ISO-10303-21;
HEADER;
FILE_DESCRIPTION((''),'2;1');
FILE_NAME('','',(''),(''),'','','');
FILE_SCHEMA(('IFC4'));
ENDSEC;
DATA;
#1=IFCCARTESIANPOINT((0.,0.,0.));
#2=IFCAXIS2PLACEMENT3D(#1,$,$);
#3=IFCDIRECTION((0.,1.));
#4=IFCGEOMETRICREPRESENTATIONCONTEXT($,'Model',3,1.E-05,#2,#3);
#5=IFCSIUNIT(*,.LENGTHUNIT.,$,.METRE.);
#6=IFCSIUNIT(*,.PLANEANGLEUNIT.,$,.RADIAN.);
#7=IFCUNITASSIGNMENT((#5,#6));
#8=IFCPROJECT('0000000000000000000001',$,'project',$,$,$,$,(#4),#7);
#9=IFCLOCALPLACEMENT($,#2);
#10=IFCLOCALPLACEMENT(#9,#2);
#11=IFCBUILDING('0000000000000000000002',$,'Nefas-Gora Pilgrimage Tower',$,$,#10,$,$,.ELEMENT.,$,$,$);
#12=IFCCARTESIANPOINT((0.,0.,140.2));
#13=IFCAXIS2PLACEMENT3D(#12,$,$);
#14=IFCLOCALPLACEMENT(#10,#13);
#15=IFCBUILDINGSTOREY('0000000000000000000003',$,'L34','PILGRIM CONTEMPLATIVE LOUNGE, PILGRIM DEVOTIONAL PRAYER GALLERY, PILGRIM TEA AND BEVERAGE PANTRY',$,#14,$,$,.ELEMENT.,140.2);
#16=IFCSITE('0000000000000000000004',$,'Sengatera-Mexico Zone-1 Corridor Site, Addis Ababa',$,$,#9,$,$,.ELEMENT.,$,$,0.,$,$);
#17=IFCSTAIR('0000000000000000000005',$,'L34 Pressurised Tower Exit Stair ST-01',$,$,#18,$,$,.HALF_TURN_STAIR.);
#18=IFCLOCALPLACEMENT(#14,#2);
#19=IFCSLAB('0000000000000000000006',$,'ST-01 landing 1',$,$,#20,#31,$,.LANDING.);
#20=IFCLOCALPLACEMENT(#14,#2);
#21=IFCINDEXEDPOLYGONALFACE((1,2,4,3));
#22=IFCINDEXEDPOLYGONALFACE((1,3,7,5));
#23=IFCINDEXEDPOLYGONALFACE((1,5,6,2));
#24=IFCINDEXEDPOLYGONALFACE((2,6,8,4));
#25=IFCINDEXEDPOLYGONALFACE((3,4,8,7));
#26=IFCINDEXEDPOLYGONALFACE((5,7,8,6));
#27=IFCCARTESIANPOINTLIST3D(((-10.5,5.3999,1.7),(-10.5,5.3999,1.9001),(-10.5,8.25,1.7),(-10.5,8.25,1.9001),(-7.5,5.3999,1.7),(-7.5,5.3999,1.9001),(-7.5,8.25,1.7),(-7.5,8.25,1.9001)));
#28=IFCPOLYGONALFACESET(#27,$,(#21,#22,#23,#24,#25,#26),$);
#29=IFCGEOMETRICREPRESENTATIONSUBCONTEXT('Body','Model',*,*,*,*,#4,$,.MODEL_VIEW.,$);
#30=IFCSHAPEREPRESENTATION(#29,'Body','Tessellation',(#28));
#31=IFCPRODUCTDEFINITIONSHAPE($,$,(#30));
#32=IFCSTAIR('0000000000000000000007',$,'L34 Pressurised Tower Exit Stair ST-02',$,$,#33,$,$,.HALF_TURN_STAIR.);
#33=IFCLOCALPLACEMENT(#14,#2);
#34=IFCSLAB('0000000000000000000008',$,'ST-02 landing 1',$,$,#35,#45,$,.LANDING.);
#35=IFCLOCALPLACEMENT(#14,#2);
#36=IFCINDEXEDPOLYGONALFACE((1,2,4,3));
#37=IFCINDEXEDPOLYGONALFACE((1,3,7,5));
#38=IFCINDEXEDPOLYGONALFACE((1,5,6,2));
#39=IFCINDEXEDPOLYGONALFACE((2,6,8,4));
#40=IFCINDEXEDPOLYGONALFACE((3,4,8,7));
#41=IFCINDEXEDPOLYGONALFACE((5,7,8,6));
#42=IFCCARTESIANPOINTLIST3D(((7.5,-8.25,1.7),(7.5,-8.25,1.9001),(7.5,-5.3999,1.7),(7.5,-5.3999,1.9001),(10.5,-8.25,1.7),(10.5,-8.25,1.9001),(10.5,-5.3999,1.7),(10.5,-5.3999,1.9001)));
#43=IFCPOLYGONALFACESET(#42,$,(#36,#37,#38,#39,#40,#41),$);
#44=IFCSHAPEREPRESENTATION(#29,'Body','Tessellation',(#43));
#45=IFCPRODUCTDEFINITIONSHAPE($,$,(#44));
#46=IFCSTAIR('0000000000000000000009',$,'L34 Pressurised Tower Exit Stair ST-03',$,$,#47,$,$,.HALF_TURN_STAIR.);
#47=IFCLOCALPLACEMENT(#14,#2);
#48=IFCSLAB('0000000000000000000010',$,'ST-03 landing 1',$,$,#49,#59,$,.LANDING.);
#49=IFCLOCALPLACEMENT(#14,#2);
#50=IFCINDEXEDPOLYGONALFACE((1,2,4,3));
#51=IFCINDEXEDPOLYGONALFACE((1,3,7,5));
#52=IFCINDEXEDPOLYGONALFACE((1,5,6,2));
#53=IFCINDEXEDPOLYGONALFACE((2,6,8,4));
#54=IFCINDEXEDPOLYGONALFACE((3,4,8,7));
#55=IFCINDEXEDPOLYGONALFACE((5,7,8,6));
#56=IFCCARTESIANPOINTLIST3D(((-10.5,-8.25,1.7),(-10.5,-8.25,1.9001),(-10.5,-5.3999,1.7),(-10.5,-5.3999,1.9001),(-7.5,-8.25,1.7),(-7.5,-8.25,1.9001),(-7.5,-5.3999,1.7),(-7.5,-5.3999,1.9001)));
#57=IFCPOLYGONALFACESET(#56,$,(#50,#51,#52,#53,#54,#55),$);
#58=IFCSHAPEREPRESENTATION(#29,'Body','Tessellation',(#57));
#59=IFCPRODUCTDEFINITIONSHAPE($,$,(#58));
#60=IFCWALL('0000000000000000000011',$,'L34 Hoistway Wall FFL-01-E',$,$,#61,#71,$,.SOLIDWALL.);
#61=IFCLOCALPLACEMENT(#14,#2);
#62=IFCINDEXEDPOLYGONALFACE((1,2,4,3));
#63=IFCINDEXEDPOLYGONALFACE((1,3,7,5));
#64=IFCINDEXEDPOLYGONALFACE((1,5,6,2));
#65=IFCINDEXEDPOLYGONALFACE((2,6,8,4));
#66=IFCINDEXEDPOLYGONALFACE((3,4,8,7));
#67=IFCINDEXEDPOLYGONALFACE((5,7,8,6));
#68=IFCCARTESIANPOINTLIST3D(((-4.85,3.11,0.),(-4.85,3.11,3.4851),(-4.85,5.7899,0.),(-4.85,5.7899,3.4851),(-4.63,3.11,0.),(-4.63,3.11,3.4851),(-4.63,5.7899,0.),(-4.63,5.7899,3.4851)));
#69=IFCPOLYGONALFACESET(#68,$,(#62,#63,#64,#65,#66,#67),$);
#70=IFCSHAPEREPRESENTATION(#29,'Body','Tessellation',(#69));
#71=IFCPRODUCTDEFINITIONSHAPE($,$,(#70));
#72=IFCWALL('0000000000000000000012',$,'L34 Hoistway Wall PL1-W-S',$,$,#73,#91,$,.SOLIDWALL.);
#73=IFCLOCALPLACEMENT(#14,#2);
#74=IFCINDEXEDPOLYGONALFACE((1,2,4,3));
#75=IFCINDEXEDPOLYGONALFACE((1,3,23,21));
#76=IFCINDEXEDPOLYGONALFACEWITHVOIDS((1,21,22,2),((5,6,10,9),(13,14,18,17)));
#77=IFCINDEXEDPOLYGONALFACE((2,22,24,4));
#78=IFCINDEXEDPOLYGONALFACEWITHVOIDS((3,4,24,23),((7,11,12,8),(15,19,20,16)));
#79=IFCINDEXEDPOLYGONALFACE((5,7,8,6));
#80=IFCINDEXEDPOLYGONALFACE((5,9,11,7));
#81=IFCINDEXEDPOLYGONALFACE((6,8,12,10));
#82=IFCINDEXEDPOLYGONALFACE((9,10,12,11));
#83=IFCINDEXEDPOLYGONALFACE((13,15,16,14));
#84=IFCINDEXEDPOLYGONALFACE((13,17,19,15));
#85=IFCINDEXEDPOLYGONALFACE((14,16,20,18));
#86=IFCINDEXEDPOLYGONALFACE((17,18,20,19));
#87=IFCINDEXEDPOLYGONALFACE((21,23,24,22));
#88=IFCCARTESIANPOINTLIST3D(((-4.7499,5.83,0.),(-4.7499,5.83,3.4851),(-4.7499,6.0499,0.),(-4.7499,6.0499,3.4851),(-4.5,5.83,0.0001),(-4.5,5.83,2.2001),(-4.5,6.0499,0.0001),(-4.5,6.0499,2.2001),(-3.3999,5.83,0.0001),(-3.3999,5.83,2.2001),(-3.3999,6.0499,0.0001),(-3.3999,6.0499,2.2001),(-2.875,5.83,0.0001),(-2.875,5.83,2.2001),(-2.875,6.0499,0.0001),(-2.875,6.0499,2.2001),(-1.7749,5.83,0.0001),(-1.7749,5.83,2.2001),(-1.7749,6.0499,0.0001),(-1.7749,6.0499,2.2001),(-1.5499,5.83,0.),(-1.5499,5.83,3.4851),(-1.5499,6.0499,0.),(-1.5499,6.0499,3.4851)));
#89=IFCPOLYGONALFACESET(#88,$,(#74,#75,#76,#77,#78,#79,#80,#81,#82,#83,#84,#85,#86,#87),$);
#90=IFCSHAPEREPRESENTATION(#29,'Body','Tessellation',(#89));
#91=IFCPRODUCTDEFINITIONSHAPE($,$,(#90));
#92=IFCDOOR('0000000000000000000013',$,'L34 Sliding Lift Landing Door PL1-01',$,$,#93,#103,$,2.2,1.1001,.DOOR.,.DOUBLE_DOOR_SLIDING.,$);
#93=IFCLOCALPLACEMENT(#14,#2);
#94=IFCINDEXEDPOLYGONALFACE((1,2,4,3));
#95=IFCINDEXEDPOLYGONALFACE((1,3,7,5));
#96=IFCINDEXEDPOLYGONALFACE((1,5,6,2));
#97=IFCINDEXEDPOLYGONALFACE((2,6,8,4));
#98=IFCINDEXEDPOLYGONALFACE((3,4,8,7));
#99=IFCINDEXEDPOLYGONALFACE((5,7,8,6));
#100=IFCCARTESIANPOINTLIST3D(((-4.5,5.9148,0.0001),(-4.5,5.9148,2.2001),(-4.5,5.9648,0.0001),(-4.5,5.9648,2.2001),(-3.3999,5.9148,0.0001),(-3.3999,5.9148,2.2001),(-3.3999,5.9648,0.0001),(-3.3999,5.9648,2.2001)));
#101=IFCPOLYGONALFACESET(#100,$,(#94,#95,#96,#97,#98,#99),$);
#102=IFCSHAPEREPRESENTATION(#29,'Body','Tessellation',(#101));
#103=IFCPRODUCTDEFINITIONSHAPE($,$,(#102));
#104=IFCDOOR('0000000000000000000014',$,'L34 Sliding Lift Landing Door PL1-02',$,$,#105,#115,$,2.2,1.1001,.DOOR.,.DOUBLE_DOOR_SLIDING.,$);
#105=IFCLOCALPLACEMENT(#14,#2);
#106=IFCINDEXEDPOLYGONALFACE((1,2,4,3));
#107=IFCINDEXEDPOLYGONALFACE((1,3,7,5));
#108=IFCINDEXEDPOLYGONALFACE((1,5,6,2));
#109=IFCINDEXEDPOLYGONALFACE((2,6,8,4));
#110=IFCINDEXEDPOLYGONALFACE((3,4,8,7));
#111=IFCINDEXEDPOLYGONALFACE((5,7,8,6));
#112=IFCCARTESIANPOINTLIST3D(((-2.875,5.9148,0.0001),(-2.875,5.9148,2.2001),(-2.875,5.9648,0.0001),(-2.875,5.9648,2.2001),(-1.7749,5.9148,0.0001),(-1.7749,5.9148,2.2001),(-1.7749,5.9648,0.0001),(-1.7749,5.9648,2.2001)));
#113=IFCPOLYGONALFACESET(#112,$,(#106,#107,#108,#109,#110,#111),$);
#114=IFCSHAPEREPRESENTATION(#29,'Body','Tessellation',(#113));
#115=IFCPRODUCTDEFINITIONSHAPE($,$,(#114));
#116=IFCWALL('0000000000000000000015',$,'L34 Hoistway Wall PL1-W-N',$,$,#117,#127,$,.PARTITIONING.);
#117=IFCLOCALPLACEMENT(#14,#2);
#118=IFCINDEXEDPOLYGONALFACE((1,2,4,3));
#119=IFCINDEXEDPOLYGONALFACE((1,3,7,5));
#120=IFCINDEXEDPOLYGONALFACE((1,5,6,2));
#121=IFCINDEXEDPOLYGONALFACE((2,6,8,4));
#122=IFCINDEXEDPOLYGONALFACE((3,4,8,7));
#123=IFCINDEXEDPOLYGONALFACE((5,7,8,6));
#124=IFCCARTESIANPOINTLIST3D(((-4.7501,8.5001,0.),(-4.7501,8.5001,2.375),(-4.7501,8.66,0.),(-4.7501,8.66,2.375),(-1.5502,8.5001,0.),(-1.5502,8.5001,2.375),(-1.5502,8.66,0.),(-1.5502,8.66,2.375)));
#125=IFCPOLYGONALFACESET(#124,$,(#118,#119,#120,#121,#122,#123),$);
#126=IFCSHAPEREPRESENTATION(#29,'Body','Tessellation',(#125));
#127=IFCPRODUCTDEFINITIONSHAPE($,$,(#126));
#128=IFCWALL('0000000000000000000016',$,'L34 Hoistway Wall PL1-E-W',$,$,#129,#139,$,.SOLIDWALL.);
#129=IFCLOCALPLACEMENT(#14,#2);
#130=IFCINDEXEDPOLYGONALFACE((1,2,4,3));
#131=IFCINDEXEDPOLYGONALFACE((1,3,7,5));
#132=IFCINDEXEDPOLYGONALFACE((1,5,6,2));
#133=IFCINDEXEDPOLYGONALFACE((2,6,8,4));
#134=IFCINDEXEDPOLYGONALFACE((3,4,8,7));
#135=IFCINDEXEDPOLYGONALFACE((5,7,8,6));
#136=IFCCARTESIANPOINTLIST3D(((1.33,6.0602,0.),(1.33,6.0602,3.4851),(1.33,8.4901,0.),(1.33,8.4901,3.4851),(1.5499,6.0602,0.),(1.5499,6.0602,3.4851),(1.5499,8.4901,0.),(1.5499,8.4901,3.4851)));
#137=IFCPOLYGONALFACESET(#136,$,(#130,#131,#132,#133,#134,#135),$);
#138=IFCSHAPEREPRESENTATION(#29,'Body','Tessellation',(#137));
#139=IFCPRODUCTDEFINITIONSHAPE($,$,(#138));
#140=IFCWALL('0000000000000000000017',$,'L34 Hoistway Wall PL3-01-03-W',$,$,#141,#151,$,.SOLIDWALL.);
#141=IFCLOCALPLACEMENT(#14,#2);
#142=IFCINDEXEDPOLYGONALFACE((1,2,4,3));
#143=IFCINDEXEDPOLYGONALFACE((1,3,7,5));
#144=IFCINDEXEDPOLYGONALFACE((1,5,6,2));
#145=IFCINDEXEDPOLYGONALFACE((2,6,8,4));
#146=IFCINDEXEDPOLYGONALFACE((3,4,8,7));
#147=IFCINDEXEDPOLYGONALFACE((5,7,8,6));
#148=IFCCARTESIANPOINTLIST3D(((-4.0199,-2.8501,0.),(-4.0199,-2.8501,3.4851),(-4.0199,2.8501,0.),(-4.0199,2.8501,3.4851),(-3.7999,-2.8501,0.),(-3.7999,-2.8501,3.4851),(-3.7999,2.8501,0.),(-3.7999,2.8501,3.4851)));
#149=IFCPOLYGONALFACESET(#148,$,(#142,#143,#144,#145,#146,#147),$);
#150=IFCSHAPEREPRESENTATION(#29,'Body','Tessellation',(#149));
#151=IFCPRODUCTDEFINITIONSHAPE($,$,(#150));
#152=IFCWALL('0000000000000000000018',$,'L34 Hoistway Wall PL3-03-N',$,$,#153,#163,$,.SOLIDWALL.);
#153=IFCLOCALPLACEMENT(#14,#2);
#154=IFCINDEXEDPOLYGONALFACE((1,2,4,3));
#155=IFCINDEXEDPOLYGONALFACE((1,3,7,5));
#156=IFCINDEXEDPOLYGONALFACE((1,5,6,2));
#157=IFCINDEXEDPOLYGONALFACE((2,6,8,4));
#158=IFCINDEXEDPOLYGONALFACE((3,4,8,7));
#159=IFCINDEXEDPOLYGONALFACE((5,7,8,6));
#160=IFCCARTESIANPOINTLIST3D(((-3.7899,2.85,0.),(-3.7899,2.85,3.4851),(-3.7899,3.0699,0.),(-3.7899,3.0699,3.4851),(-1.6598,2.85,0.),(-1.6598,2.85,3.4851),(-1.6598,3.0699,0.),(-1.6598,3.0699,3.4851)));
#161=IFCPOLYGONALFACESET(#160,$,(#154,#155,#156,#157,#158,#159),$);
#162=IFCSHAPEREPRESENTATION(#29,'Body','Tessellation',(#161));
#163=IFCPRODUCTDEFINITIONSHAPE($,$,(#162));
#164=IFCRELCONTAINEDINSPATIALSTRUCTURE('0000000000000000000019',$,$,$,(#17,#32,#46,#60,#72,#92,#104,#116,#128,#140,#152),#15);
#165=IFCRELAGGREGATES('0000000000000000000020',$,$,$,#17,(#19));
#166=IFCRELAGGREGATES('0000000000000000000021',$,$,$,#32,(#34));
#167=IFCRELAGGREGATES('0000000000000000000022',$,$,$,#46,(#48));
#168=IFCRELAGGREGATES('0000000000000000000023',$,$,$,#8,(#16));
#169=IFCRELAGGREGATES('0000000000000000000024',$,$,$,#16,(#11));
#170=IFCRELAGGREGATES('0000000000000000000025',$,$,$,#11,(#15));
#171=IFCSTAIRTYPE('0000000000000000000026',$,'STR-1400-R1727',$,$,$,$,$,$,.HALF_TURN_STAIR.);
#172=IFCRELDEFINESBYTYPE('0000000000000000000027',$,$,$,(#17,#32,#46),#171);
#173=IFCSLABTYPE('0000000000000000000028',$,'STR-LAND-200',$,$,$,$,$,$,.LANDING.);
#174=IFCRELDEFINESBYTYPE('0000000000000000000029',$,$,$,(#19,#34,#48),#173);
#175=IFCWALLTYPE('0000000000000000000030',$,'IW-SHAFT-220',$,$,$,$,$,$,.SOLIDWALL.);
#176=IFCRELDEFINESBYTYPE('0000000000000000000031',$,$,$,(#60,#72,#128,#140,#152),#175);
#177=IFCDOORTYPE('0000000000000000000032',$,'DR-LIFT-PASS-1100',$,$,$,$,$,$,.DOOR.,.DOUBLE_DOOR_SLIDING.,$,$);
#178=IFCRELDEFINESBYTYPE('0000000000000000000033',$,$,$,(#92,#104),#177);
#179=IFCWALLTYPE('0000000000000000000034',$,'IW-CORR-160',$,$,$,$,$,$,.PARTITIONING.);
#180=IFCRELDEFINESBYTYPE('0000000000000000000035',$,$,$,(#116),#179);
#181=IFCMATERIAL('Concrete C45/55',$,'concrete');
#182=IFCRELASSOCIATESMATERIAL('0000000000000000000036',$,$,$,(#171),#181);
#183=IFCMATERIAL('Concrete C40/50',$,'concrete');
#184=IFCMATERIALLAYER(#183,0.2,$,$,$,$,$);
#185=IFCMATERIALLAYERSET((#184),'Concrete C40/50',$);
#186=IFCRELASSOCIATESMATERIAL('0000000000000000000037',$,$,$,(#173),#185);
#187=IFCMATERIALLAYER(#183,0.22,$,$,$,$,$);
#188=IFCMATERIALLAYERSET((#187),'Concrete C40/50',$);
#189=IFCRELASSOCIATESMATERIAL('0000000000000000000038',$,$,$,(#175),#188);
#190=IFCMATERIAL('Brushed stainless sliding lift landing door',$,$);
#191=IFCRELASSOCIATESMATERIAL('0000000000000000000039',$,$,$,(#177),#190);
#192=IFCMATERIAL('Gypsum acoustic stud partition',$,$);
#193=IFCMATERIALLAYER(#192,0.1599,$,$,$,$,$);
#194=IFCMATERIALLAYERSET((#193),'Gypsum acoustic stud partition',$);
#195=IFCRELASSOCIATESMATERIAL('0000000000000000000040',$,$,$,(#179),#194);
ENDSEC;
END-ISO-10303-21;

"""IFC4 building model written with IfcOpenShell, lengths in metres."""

from ifc_helpers import new_model, si_unit, direction, frame, frame_2d, origin, place, context, subcontext, project, spatial, polyline, rectangle, outline, extrude, source, transform, mapped, material, layer, layer_set, type_object, element, fill, aggregate, save


model = new_model("IFC4")

# Units and contexts
model_context = context("Model", 3, precision=1e-05, world=origin(), true_north=direction((0.0, 1.0)))
body_context = subcontext(model_context, "Body", "Model", "MODEL_VIEW")
ifc_project = project(units=[si_unit("LENGTHUNIT", "METRE"), si_unit("PLANEANGLEUNIT", "RADIAN")], contexts=[model_context])

# Site, building, storey
site_placement = place(None, origin())
site = spatial("IfcSite", under=ifc_project, at=site_placement, Name="Sengatera-Mexico Zone-1 Corridor Site, Addis Ababa", CompositionType="ELEMENT", RefElevation=0.0)
building_placement = place(site_placement, origin())
building = spatial("IfcBuilding", under=site, at=building_placement, Name="Nefas-Gora Pilgrimage Tower", CompositionType="ELEMENT")
storey_placement = place(building_placement, frame((0.0, 0.0, 140.2)))
storey = spatial("IfcBuildingStorey", under=building, at=storey_placement, Name="L34", Description="PILGRIM CONTEMPLATIVE LOUNGE, PILGRIM DEVOTIONAL PRAYER GALLERY, PILGRIM TEA AND BEVERAGE PANTRY", CompositionType="ELEMENT", Elevation=140.2)

# Shared definitions
ifc_material_1 = material(Name="Concrete C40/50", Category="concrete")

# Stairs, slabs
ifc_material_2 = material(Name="Concrete C45/55", Category="concrete")
stair_type = type_object("IfcStairType", Name="STR-1400-R1727", PredefinedType="HALF_TURN_STAIR", material=ifc_material_2)
stair_1_placement = place(storey_placement, origin())
stair_1 = element("IfcStair", 1, at=stair_1_placement, inside=storey, type_object=stair_type, Name="L34 Pressurised Tower Exit Stair ST-01", PredefinedType="HALF_TURN_STAIR")
ifc_layer_1 = layer(ifc_material_1, 0.2)
ifc_layer_set_1 = layer_set([ifc_layer_1], Name="Concrete C40/50")
slab_type_1 = type_object("IfcSlabType", Name="STR-LAND-200", PredefinedType="LANDING", material=ifc_layer_set_1)
slab_1_placement = place(storey_placement, frame((0.0, 0.0, 1.7)))
slab_1 = element("IfcSlab", 2, at=slab_1_placement, type_object=slab_type_1, Name="ST-01 landing 1", PredefinedType="LANDING", context=body_context, shape_type="SweptSolid", body=[
    extrude(outline(polyline([(-7.5, 5.3999), (-7.5, 8.25), (-10.5, 8.25), (-10.5, 5.3999), (-7.5, 5.3999)])), origin(), (0.0, 0.0, 1.0), 0.2002),
])
aggregate(stair_1, [slab_1])
stair_2_placement = place(storey_placement, origin())
stair_2 = element("IfcStair", 3, at=stair_2_placement, inside=storey, type_object=stair_type, Name="L34 Pressurised Tower Exit Stair ST-02", PredefinedType="HALF_TURN_STAIR")
slab_2_placement = place(storey_placement, frame((0.0, 0.0, 1.7)))
slab_2 = element("IfcSlab", 4, at=slab_2_placement, type_object=slab_type_1, Name="ST-02 landing 1", PredefinedType="LANDING", context=body_context, shape_type="SweptSolid", body=[
    extrude(outline(polyline([(7.5, -5.3999), (7.5, -8.25), (10.5, -8.25), (10.5, -5.3999), (7.5, -5.3999)])), origin(), (0.0, 0.0, 1.0), 0.2002),
])
aggregate(stair_2, [slab_2])
stair_3_placement = place(storey_placement, origin())
stair_3 = element("IfcStair", 5, at=stair_3_placement, inside=storey, type_object=stair_type, Name="L34 Pressurised Tower Exit Stair ST-03", PredefinedType="HALF_TURN_STAIR")
slab_3_placement = place(storey_placement, frame((0.0, 0.0, 1.7)))
slab_3 = element("IfcSlab", 6, at=slab_3_placement, type_object=slab_type_1, Name="ST-03 landing 1", PredefinedType="LANDING", context=body_context, shape_type="SweptSolid", body=[
    extrude(outline(polyline([(-10.5, -5.3999), (-10.5, -8.25), (-7.5, -8.25), (-7.5, -5.3999), (-10.5, -5.3999)])), origin(), (0.0, 0.0, 1.0), 0.2002),
])
aggregate(stair_3, [slab_3])

# Wall
ifc_layer_2 = layer(ifc_material_1, 0.22)
ifc_layer_set_2 = layer_set([ifc_layer_2], Name="Concrete C40/50")
wall_type_1 = type_object("IfcWallType", Name="IW-SHAFT-220", PredefinedType="SOLIDWALL", material=ifc_layer_set_2)
shared_shape_1 = source(origin(), body_context, "Body", "SweptSolid", [
    extrude(rectangle(XDim=2.6799, YDim=0.22, at=frame_2d((1.3398, 0.0))), origin(), (0.0, 0.0, 1.0), 3.4851),
])
wall_1_placement = place(storey_placement, frame((-4.74, 3.1101, 0.0), z_axis=(0.0, 0.0, 1.0), x_axis=(0.0, 1.0, 0.0)))
element("IfcWall", 7, at=wall_1_placement, inside=storey, type_object=wall_type_1, Name="L34 Hoistway Wall FFL-01-E", PredefinedType="SOLIDWALL", context=body_context, shape_type="MappedRepresentation", body=[
    mapped(shared_shape_1, transform((0.0, 0.0, 0.0), x_axis=(1.0, 0.0, 0.0), y_axis=(0.0, 1.0, 0.0), z_axis=(0.0, 0.0, 1.0), scale=1.0)),
])

# Wall, openings, doors
shared_shape_2 = source(origin(), body_context, "Body", "SweptSolid", [
    extrude(rectangle(XDim=3.2, YDim=0.22, at=frame_2d((1.6001, 0.0))), origin(), (0.0, 0.0, 1.0), 3.4851),
])
wall_2_placement = place(storey_placement, frame((-4.75, 5.9399, 0.0), z_axis=(0.0, 0.0, 1.0), x_axis=(1.0, 0.0, 0.0)))
wall_2 = element("IfcWall", 8, at=wall_2_placement, inside=storey, type_object=wall_type_1, Name="L34 Hoistway Wall PL1-W-S", PredefinedType="SOLIDWALL", context=body_context, shape_type="MappedRepresentation", body=[
    mapped(shared_shape_2, transform((0.0, 0.0, 0.0), x_axis=(1.0, 0.0, 0.0), y_axis=(0.0, 1.0, 0.0), z_axis=(0.0, 0.0, 1.0), scale=1.0)),
])
opening_1_placement = place(wall_2_placement, frame((0.25, 0.0, 0.0)))
opening_1 = element("IfcOpeningElement", 9, at=opening_1_placement, cuts=wall_2, PredefinedType="OPENING", context=body_context, shape_type="SweptSolid", body=[
    extrude(rectangle(XDim=1.1001, YDim=2.2, at=frame_2d((0.55, 1.1001))), frame((0.0, 0.1199, 0.0), z_axis=(0.0, -1.0, 0.0), x_axis=(1.0, 0.0, 0.0)), (0.0, 0.0, 1.0), 0.24),
])
opening_2_placement = place(wall_2_placement, frame((1.875, 0.0, 0.0)))
opening_2 = element("IfcOpeningElement", 10, at=opening_2_placement, cuts=wall_2, PredefinedType="OPENING", context=body_context, shape_type="SweptSolid", body=[
    extrude(rectangle(XDim=1.1001, YDim=2.2, at=frame_2d((0.55, 1.1001))), frame((0.0, 0.1199, 0.0), z_axis=(0.0, -1.0, 0.0), x_axis=(1.0, 0.0, 0.0)), (0.0, 0.0, 1.0), 0.24),
])
ifc_material_3 = material(Name="Brushed stainless sliding lift landing door")
door_type_1 = type_object("IfcDoorType", Name="DR-LIFT-PASS-1100", OperationType="DOUBLE_DOOR_SLIDING", PredefinedType="DOOR", material=ifc_material_3)
shared_shape_3 = source(origin(), body_context, "Body", "SweptSolid", [
    extrude(rectangle(XDim=1.1001, YDim=2.2, at=frame_2d((0.55, 1.1001))), frame((0.0, 0.0249, 0.0), z_axis=(0.0, -1.0, 0.0), x_axis=(1.0, 0.0, 0.0)), (0.0, 0.0, 1.0), 0.05),
])
door_1_placement = place(opening_1_placement, origin())
door_1 = element("IfcDoor", 11, at=door_1_placement, inside=storey, type_object=door_type_1, Name="L34 Sliding Lift Landing Door PL1-01", OperationType="DOUBLE_DOOR_SLIDING", OverallHeight=2.2, OverallWidth=1.1001, PredefinedType="DOOR", context=body_context, shape_type="MappedRepresentation", body=[
    mapped(shared_shape_3, transform((0.0, 0.0, 0.0), x_axis=(1.0, 0.0, 0.0), y_axis=(0.0, 1.0, 0.0), z_axis=(0.0, 0.0, 1.0), scale=1.0)),
])
fill(opening_1, door_1)
door_2_placement = place(opening_2_placement, origin())
door_2 = element("IfcDoor", 12, at=door_2_placement, inside=storey, type_object=door_type_1, Name="L34 Sliding Lift Landing Door PL1-02", OperationType="DOUBLE_DOOR_SLIDING", OverallHeight=2.2, OverallWidth=1.1001, PredefinedType="DOOR", context=body_context, shape_type="MappedRepresentation", body=[
    mapped(shared_shape_3, transform((0.0, 0.0, 0.0), x_axis=(1.0, 0.0, 0.0), y_axis=(0.0, 1.0, 0.0), z_axis=(0.0, 0.0, 1.0), scale=1.0)),
])
fill(opening_2, door_2)

# Walls
ifc_material_4 = material(Name="Gypsum acoustic stud partition")
ifc_layer_3 = layer(ifc_material_4, 0.1599)
ifc_layer_set_3 = layer_set([ifc_layer_3], Name="Gypsum acoustic stud partition")
wall_type_2 = type_object("IfcWallType", Name="IW-CORR-160", PredefinedType="PARTITIONING", material=ifc_layer_set_3)
shared_shape_4 = source(origin(), body_context, "Body", "SweptSolid", [
    extrude(rectangle(XDim=3.2, YDim=0.1599, at=frame_2d((1.6001, 0.0))), origin(), (0.0, 0.0, 1.0), 2.375),
])
wall_3_placement = place(storey_placement, frame((-1.55, 8.5801, 0.0), z_axis=(0.0, 0.0, 1.0), x_axis=(-1.0, 0.0, 0.0)))
element("IfcWall", 13, at=wall_3_placement, inside=storey, type_object=wall_type_2, Name="L34 Hoistway Wall PL1-W-N", PredefinedType="PARTITIONING", context=body_context, shape_type="MappedRepresentation", body=[
    mapped(shared_shape_4, transform((0.0, 0.0, 0.0), x_axis=(1.0, 0.0, 0.0), y_axis=(0.0, 1.0, 0.0), z_axis=(0.0, 0.0, 1.0), scale=1.0)),
])
shared_shape_5 = source(origin(), body_context, "Body", "SweptSolid", [
    extrude(rectangle(XDim=2.4299, YDim=0.22, at=frame_2d((1.2148, 0.0))), origin(), (0.0, 0.0, 1.0), 3.4851),
])
for number, where, z_axis, x_axis, name in (
    (14, (1.4399, 8.49, 0.0), (0.0, 0.0, 1.0), (0.0, -1.0, 0.0), "L34 Hoistway Wall PL1-E-W"),
):
    element("IfcWall", number, at=place(storey_placement, frame(where, z_axis=z_axis, x_axis=x_axis)), inside=storey, type_object=wall_type_1, Name=name, PredefinedType="SOLIDWALL", context=body_context, shape_type="MappedRepresentation", body=[
        mapped(shared_shape_5, transform((0.0, 0.0, 0.0), x_axis=(1.0, 0.0, 0.0), y_axis=(0.0, 1.0, 0.0), z_axis=(0.0, 0.0, 1.0), scale=1.0)),
    ])
shared_shape_6 = source(origin(), body_context, "Body", "SweptSolid", [
    extrude(rectangle(XDim=5.7002, YDim=0.22, at=frame_2d((2.8501, 0.0))), origin(), (0.0, 0.0, 1.0), 3.4851),
])
wall_4_placement = place(storey_placement, frame((-3.9099, 2.8501, 0.0), z_axis=(0.0, 0.0, 1.0), x_axis=(0.0, -1.0, 0.0)))
element("IfcWall", 15, at=wall_4_placement, inside=storey, type_object=wall_type_1, Name="L34 Hoistway Wall PL3-01-03-W", PredefinedType="SOLIDWALL", context=body_context, shape_type="MappedRepresentation", body=[
    mapped(shared_shape_6, transform((0.0, 0.0, 0.0), x_axis=(1.0, 0.0, 0.0), y_axis=(0.0, 1.0, 0.0), z_axis=(0.0, 0.0, 1.0), scale=1.0)),
])
shared_shape_7 = source(origin(), body_context, "Body", "SweptSolid", [
    extrude(rectangle(XDim=2.1301, YDim=0.22, at=frame_2d((1.0649, 0.0))), origin(), (0.0, 0.0, 1.0), 3.4851),
])
wall_5_placement = place(storey_placement, frame((-1.6599, 2.96, 0.0), z_axis=(0.0, 0.0, 1.0), x_axis=(-1.0, 0.0, 0.0)))
element("IfcWall", 16, at=wall_5_placement, inside=storey, type_object=wall_type_1, Name="L34 Hoistway Wall PL3-03-N", PredefinedType="SOLIDWALL", context=body_context, shape_type="MappedRepresentation", body=[
    mapped(shared_shape_7, transform((0.0, 0.0, 0.0), x_axis=(1.0, 0.0, 0.0), y_axis=(0.0, 1.0, 0.0), z_axis=(0.0, 0.0, 1.0), scale=1.0)),
])

save(model, "model.ifc")
